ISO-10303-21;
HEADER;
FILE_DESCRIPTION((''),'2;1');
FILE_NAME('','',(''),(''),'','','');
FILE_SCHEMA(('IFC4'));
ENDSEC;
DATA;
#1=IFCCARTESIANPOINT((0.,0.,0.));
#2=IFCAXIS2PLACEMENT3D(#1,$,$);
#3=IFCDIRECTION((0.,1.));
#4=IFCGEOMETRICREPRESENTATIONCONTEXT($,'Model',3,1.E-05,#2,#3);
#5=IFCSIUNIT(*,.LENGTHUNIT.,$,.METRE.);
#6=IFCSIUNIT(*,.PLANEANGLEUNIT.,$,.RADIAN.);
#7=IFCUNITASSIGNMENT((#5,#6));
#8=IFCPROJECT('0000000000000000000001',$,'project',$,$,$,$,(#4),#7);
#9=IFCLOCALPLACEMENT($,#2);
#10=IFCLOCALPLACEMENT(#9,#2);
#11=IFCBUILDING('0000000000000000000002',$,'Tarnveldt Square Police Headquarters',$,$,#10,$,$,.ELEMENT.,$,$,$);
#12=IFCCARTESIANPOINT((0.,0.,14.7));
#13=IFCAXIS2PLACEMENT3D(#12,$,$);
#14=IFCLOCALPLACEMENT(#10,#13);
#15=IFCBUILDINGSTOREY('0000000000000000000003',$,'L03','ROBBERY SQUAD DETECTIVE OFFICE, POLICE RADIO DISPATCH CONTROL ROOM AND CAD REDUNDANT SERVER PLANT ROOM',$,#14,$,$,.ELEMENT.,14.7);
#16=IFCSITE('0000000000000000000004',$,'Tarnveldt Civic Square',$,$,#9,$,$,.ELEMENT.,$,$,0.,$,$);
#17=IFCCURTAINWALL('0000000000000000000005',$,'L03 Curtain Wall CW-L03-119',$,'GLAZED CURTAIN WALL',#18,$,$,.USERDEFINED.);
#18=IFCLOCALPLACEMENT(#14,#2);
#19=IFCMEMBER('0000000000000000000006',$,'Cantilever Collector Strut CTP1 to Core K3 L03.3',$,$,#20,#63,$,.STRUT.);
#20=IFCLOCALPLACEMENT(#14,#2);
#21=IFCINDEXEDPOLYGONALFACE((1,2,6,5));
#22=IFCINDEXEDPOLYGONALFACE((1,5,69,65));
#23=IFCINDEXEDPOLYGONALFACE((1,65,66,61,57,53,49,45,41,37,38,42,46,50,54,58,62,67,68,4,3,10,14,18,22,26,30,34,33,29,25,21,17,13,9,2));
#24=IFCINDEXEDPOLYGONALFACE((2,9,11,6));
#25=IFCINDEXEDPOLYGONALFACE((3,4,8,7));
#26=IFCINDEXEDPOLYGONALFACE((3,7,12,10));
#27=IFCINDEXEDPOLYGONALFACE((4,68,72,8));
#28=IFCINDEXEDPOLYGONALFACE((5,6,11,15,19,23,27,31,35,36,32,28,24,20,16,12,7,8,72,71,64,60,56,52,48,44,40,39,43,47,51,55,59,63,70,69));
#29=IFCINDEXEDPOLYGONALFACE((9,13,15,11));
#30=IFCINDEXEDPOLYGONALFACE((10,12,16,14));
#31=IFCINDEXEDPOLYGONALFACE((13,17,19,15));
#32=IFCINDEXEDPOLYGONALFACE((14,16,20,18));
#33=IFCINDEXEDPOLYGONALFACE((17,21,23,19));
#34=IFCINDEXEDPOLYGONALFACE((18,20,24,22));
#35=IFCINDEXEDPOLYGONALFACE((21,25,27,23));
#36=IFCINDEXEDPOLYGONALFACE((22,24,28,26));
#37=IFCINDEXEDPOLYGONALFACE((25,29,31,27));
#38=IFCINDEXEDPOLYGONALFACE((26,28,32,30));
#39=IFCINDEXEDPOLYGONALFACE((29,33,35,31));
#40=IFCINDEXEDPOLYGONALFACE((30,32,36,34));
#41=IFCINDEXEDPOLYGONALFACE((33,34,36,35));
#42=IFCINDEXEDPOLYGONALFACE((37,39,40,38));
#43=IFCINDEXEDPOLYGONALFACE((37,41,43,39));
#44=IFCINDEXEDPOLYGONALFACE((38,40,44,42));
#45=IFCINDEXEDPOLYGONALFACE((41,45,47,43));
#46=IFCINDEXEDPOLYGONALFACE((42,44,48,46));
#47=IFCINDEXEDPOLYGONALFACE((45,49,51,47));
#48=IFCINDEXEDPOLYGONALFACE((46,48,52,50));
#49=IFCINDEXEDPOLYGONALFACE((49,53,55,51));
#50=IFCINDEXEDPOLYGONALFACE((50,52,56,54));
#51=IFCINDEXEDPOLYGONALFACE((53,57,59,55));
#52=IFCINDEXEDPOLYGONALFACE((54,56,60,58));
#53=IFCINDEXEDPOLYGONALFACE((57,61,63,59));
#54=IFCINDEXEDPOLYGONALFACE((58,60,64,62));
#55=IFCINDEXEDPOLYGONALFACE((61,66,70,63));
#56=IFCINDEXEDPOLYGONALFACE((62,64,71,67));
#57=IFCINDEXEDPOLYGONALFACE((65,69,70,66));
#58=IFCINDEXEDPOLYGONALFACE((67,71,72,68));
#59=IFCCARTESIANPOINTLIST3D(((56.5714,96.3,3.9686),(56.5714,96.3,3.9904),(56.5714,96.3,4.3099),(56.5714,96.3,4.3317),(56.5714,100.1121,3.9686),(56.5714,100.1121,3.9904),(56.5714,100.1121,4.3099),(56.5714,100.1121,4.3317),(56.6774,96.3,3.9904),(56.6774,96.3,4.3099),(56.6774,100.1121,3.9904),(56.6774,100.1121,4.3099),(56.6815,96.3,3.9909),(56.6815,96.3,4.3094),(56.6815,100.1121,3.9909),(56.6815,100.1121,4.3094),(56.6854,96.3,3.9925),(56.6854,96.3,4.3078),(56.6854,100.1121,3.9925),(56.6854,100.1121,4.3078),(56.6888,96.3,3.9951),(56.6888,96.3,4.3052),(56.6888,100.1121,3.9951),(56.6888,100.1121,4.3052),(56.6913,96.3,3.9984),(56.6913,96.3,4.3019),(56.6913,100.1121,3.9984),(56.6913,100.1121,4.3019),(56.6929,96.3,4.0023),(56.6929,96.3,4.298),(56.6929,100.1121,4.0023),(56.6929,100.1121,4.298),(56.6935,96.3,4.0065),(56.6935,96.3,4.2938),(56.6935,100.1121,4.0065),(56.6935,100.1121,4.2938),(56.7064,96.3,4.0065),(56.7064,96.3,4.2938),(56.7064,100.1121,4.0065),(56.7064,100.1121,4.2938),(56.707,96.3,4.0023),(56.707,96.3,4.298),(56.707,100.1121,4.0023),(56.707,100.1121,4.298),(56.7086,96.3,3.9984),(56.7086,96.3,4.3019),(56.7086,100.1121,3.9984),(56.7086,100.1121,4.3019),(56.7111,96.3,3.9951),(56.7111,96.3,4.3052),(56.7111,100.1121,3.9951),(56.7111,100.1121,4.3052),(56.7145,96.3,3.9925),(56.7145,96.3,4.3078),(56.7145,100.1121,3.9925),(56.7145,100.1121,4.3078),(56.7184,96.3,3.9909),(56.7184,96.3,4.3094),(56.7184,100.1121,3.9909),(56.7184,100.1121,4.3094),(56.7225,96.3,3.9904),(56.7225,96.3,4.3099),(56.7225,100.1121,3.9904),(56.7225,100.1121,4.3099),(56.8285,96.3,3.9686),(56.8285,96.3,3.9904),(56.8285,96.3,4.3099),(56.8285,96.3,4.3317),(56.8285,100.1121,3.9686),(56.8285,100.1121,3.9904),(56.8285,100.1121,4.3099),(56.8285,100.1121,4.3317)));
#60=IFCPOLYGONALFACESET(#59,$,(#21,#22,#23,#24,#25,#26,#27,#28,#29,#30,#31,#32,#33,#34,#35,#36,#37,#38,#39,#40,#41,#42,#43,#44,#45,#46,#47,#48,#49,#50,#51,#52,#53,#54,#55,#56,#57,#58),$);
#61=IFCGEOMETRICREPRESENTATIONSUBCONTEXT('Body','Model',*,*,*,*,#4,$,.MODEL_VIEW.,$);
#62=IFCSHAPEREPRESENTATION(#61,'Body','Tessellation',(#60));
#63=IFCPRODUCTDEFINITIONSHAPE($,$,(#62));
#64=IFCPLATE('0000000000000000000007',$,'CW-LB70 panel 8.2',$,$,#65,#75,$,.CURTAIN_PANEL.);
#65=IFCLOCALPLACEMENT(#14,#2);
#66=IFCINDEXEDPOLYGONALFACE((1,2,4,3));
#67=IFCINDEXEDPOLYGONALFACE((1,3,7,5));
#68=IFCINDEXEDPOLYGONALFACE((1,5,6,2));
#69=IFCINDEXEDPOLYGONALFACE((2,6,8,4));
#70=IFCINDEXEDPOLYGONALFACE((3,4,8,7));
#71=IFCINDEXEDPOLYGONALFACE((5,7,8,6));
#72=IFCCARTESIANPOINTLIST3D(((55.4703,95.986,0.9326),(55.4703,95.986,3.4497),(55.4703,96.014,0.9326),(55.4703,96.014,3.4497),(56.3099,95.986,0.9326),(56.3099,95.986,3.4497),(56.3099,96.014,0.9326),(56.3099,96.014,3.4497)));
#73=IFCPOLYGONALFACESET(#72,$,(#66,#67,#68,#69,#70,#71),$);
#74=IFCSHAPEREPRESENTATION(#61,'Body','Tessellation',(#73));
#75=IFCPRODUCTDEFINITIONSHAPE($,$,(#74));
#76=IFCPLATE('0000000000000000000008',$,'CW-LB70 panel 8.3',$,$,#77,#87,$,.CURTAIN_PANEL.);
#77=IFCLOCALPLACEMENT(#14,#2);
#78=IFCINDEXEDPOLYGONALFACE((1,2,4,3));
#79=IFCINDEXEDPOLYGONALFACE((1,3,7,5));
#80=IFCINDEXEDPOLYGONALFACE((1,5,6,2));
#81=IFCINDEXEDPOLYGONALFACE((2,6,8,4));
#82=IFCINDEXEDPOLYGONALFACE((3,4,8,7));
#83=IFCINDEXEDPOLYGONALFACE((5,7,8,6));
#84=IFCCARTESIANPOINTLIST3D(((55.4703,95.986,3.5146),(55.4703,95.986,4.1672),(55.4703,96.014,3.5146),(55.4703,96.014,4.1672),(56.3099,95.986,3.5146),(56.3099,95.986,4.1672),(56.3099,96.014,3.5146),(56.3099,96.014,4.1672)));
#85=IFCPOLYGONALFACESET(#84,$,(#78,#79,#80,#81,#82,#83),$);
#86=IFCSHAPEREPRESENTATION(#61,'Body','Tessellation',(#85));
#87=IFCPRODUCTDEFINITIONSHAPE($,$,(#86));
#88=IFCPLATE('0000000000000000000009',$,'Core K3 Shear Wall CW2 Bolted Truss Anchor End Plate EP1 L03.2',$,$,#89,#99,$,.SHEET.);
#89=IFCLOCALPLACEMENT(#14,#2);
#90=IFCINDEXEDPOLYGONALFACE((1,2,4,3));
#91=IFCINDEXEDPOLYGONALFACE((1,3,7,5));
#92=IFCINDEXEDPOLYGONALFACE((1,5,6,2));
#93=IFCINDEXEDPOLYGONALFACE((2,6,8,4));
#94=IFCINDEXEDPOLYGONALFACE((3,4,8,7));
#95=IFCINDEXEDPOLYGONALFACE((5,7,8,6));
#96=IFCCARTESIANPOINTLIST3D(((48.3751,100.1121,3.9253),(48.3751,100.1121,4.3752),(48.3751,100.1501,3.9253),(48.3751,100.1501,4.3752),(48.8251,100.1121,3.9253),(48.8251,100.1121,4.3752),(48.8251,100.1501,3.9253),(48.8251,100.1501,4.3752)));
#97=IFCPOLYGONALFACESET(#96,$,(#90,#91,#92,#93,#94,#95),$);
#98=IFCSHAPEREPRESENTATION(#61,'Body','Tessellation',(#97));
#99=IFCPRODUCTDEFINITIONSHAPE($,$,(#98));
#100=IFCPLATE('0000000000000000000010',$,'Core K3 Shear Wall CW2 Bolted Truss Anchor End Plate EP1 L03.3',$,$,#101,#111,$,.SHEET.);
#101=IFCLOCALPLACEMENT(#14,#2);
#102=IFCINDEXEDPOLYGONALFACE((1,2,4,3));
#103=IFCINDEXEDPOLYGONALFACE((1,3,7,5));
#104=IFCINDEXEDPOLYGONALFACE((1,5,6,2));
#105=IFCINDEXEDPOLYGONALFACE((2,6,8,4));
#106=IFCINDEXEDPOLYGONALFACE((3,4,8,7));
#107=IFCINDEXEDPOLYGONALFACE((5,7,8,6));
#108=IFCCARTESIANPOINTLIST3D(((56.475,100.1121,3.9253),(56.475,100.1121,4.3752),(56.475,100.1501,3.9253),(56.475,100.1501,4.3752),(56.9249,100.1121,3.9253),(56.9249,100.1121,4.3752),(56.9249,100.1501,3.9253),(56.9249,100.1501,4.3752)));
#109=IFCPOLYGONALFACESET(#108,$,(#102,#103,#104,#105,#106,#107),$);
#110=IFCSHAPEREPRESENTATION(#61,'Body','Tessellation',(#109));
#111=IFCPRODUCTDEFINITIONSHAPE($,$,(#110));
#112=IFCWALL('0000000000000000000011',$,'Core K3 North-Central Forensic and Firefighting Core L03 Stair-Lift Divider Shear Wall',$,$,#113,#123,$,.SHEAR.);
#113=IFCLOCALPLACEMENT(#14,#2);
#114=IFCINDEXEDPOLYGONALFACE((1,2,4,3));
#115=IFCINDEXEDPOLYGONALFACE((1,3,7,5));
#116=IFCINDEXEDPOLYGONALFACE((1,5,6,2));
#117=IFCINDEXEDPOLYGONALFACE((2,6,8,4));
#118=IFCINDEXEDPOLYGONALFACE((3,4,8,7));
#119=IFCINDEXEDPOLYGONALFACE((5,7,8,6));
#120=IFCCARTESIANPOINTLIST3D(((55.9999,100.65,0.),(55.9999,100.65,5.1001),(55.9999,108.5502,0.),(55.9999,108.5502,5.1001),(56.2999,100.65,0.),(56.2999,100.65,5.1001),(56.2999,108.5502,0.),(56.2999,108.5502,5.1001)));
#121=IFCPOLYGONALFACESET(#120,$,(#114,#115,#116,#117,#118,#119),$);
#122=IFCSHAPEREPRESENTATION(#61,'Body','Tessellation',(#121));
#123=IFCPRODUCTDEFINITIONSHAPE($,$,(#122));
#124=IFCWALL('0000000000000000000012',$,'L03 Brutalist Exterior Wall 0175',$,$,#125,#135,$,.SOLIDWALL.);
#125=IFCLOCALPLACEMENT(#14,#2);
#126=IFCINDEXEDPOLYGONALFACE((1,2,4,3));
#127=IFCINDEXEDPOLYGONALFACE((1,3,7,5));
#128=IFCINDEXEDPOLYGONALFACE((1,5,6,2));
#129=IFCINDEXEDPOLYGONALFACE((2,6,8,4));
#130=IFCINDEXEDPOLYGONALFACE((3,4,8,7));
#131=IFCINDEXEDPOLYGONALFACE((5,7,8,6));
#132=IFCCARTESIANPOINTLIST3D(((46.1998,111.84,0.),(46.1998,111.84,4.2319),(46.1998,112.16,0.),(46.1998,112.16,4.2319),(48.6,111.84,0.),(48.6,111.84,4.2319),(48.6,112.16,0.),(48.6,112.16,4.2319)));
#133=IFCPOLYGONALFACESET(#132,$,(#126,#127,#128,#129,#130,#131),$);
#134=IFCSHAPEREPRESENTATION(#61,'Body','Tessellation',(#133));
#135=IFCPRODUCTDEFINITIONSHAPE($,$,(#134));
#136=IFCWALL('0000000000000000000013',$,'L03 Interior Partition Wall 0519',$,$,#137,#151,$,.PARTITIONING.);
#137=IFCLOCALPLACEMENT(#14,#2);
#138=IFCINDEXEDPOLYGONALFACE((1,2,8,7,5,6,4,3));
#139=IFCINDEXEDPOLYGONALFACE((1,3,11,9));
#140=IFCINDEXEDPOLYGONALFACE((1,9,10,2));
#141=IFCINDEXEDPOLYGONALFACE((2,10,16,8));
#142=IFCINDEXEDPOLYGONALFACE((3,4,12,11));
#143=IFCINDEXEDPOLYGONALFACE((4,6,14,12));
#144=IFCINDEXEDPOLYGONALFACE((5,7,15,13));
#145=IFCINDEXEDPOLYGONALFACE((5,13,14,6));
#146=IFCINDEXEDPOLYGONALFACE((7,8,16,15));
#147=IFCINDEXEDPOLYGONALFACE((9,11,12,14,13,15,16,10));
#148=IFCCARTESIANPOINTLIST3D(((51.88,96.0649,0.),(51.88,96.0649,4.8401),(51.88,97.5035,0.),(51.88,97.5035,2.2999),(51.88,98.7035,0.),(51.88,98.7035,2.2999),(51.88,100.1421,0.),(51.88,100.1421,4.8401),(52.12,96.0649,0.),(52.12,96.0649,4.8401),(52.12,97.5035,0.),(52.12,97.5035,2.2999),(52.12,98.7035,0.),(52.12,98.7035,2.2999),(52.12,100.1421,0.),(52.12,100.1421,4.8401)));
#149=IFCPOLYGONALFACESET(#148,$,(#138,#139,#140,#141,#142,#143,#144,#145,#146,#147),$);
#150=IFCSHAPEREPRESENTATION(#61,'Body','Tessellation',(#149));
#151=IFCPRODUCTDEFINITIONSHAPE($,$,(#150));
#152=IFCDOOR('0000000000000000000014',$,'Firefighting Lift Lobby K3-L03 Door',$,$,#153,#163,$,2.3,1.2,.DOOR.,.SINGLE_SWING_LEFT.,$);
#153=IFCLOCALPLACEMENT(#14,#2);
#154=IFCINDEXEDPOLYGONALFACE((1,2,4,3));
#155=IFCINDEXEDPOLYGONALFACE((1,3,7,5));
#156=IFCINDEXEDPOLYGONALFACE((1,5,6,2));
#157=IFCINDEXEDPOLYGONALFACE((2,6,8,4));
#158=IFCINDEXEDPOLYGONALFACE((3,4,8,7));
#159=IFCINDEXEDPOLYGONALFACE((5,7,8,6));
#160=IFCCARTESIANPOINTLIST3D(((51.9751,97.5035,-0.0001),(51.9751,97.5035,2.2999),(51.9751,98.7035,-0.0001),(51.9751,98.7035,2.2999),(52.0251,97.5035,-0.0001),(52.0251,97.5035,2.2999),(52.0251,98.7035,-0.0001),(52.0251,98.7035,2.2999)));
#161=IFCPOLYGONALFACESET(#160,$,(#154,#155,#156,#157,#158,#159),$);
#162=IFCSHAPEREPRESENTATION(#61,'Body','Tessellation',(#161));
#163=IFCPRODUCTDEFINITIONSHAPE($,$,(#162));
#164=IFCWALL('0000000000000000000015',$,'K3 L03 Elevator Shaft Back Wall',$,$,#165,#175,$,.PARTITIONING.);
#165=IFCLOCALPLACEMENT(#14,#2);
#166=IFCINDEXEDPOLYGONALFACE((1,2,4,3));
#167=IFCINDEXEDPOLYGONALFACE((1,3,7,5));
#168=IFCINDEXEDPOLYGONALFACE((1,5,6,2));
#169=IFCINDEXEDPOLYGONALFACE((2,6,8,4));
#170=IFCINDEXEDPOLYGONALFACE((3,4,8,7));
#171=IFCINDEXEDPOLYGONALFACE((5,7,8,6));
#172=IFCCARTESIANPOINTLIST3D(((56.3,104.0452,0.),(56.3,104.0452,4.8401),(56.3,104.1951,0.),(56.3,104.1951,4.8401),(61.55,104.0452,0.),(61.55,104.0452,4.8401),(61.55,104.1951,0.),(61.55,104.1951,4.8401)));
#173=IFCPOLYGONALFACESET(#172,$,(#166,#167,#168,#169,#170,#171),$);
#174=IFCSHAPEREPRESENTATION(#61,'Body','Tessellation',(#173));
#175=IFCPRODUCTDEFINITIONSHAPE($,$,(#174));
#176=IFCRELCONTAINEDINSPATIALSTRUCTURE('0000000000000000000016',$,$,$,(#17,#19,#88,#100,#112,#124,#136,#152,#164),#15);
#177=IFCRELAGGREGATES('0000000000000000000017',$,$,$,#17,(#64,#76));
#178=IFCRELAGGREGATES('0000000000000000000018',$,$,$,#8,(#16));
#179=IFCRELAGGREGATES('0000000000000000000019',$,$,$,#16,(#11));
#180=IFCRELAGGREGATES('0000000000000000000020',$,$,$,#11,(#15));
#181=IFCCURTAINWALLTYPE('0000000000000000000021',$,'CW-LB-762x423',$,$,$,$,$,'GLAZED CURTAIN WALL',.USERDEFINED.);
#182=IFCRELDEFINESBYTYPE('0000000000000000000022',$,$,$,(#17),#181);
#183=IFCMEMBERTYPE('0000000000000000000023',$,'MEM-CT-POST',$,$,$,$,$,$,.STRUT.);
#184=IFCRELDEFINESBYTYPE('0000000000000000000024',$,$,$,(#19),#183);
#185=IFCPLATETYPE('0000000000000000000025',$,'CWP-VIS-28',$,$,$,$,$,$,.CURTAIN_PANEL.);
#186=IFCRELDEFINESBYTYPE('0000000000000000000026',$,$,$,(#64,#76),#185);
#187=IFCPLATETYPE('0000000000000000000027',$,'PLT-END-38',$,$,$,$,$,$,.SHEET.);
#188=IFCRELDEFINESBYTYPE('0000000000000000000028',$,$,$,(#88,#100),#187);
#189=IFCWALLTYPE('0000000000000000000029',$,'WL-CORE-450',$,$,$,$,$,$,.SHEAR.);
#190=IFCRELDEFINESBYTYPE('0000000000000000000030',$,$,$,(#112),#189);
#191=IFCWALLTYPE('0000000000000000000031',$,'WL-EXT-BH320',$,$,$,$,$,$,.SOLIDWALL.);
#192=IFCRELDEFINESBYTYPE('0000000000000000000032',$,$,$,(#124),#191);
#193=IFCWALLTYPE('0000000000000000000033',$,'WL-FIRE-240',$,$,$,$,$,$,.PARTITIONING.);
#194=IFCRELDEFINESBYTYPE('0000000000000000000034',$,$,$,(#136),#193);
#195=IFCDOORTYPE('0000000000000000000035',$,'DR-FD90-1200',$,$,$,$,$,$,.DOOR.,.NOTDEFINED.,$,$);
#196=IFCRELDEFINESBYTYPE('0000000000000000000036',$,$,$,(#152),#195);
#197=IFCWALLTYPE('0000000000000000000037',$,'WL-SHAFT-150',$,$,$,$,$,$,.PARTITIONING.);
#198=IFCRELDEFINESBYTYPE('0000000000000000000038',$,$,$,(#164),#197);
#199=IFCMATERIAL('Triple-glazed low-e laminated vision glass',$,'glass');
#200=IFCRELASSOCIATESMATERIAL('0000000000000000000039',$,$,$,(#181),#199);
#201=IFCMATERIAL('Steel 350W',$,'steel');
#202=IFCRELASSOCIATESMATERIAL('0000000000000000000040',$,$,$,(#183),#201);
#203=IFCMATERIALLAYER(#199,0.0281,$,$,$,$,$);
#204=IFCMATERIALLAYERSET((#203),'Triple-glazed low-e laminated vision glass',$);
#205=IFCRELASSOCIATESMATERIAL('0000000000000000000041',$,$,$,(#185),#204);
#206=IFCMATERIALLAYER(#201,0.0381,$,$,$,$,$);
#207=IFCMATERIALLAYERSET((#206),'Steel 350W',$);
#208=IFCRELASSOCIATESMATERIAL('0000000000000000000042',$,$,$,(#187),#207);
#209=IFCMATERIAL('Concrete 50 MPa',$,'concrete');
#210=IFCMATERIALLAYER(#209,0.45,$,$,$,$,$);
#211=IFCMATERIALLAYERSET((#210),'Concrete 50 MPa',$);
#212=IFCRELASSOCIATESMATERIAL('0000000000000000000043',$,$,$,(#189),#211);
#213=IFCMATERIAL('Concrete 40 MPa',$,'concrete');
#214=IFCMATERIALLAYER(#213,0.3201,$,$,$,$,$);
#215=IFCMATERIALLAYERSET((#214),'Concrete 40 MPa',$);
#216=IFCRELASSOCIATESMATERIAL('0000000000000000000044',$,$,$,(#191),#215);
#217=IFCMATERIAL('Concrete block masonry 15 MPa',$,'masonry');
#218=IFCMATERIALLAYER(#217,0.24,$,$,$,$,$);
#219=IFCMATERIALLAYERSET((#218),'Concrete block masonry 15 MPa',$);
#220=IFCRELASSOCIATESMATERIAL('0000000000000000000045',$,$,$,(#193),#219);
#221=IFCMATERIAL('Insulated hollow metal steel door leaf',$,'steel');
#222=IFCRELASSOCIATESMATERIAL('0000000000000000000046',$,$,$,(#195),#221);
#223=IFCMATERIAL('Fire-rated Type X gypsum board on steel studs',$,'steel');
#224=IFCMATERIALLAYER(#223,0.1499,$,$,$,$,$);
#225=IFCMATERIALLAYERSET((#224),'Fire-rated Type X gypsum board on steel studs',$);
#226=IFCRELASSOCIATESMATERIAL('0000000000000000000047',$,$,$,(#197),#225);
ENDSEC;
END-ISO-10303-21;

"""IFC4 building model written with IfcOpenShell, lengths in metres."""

from ifc_helpers import new_model, si_unit, direction, frame, frame_2d, origin, origin_2d, place, context, subcontext, project, spatial, rectangle, i_section, extrude, material, layer, layer_set, material_profile, profile_set, type_object, element, fill, aggregate, save


model = new_model("IFC4")

# Units and contexts
model_context = context("Model", 3, precision=1e-05, world=origin(), true_north=direction((0.0, 1.0)))
body_context = subcontext(model_context, "Body", "Model", "MODEL_VIEW")
ifc_project = project(units=[si_unit("LENGTHUNIT", "METRE"), si_unit("PLANEANGLEUNIT", "RADIAN")], contexts=[model_context])

# Site, building, storey
site_placement = place(None, origin())
site = spatial("IfcSite", under=ifc_project, at=site_placement, Name="Tarnveldt Civic Square", CompositionType="ELEMENT", RefElevation=0.0)
building_placement = place(site_placement, origin())
building = spatial("IfcBuilding", under=site, at=building_placement, Name="Tarnveldt Square Police Headquarters", CompositionType="ELEMENT")
storey_placement = place(building_placement, frame((0.0, 0.0, 14.7)))
storey = spatial("IfcBuildingStorey", under=building, at=storey_placement, Name="L03", Description="ROBBERY SQUAD DETECTIVE OFFICE, POLICE RADIO DISPATCH CONTROL ROOM AND CAD REDUNDANT SERVER PLANT ROOM", CompositionType="ELEMENT", Elevation=14.7)

# Shared definitions
ifc_material_1 = material(Name="Steel 350W", Category="steel")
ifc_material_2 = material(Name="Concrete 40 MPa", Category="concrete")

# Curtain wall
ifc_material_3 = material(Name="Triple-glazed low-e laminated vision glass", Category="glass")
curtain_wall_type = type_object("IfcCurtainWallType", Name="CW-LB-762x423", ElementType="GLAZED CURTAIN WALL", PredefinedType="USERDEFINED", material=ifc_material_3)
curtain_wall_placement = place(storey_placement, origin())
curtain_wall = element("IfcCurtainWall", 1, at=curtain_wall_placement, inside=storey, type_object=curtain_wall_type, Name="L03 Curtain Wall CW-L03-119", ObjectType="GLAZED CURTAIN WALL", PredefinedType="USERDEFINED")

# Member
ifc_material_profile_1 = material_profile(ifc_material_1, i_section(OverallWidth=0.2571, OverallDepth=0.363, WebThickness=0.0129, FlangeThickness=0.0217, FilletRadius=0.0161, at=origin_2d()), Name="W360x122")
ifc_profile_set_1 = profile_set([ifc_material_profile_1], Name="Steel 350W")
member_type_1 = type_object("IfcMemberType", Name="MEM-CT-POST", PredefinedType="STRUT", material=ifc_profile_set_1)
member_1_placement = place(storey_placement, frame((56.7, 96.3, 4.1501), z_axis=(0.0, 1.0, 0.0), x_axis=(-1.0, 0.0, 0.0)))
element("IfcMember", 2, at=member_1_placement, inside=storey, type_object=member_type_1, Name="Cantilever Collector Strut CTP1 to Core K3 L03.3", PredefinedType="STRUT", context=body_context, shape_type="SweptSolid", body=[
    extrude(i_section(OverallWidth=0.2571, OverallDepth=0.363, WebThickness=0.0129, FlangeThickness=0.0217, FilletRadius=0.0161, at=origin_2d()), origin(), (0.0, 0.0, 1.0), 3.812),
])

# Plates
ifc_layer_1 = layer(ifc_material_3, 0.0281)
ifc_layer_set_1 = layer_set([ifc_layer_1], Name="Triple-glazed low-e laminated vision glass")
plate_type_1 = type_object("IfcPlateType", Name="CWP-VIS-28", PredefinedType="CURTAIN_PANEL", material=ifc_layer_set_1)
plate_1_placement = place(storey_placement, frame((55.8901, 96.0, 0.9326), z_axis=(0.0, 0.0, 1.0), x_axis=(1.0, 0.0, 0.0)))
plate_1 = element("IfcPlate", 3, at=plate_1_placement, type_object=plate_type_1, Name="CW-LB70 panel 8.2", PredefinedType="CURTAIN_PANEL", context=body_context, shape_type="SweptSolid", body=[
    extrude(rectangle(XDim=0.8396, YDim=0.0281, at=origin_2d()), origin(), (0.0, 0.0, 1.0), 2.5171),
])
plate_2_placement = place(storey_placement, frame((55.8901, 96.0, 3.5146), z_axis=(0.0, 0.0, 1.0), x_axis=(1.0, 0.0, 0.0)))
plate_2 = element("IfcPlate", 4, at=plate_2_placement, type_object=plate_type_1, Name="CW-LB70 panel 8.3", PredefinedType="CURTAIN_PANEL", context=body_context, shape_type="SweptSolid", body=[
    extrude(rectangle(XDim=0.8396, YDim=0.0281, at=origin_2d()), origin(), (0.0, 0.0, 1.0), 0.6526),
])
aggregate(curtain_wall, [plate_1, plate_2])

# Plates
ifc_layer_2 = layer(ifc_material_1, 0.0381)
ifc_layer_set_2 = layer_set([ifc_layer_2], Name="Steel 350W")
plate_type_2 = type_object("IfcPlateType", Name="PLT-END-38", PredefinedType="SHEET", material=ifc_layer_set_2)
for number, where, z_axis, x_axis, name in (
    (5, (48.6001, 100.1311, 3.9253), (0.0, 0.0, 1.0), (1.0, 0.0, 0.0), "Core K3 Shear Wall CW2 Bolted Truss Anchor End Plate EP1 L03.2"),
    (6, (56.7, 100.1311, 3.9253), (0.0, 0.0, 1.0), (1.0, 0.0, 0.0), "Core K3 Shear Wall CW2 Bolted Truss Anchor End Plate EP1 L03.3"),
):
    element("IfcPlate", number, at=place(storey_placement, frame(where, z_axis=z_axis, x_axis=x_axis)), inside=storey, type_object=plate_type_2, Name=name, PredefinedType="SHEET", context=body_context, shape_type="SweptSolid", body=[
        extrude(rectangle(XDim=0.45, YDim=0.0381, at=origin_2d()), origin(), (0.0, 0.0, 1.0), 0.45),
    ])

# Walls
ifc_material_4 = material(Name="Concrete 50 MPa", Category="concrete")
ifc_layer_3 = layer(ifc_material_4, 0.45)
ifc_layer_set_3 = layer_set([ifc_layer_3], Name="Concrete 50 MPa")
wall_type_1 = type_object("IfcWallType", Name="WL-CORE-450", PredefinedType="SHEAR", material=ifc_layer_set_3)
wall_1_placement = place(storey_placement, frame((56.1499, 100.6499, 0.0), z_axis=(0.0, 0.0, 1.0), x_axis=(0.0, 1.0, 0.0)))
element("IfcWall", 7, at=wall_1_placement, inside=storey, type_object=wall_type_1, Name="Core K3 North-Central Forensic and Firefighting Core L03 Stair-Lift Divider Shear Wall", PredefinedType="SHEAR", context=body_context, shape_type="SweptSolid", body=[
    extrude(rectangle(XDim=7.9001, YDim=0.3, at=frame_2d((3.9502, 0.0))), origin(), (0.0, 0.0, 1.0), 5.1001),
])
ifc_layer_4 = layer(ifc_material_2, 0.3201)
ifc_layer_set_4 = layer_set([ifc_layer_4], Name="Concrete 40 MPa")
wall_type_2 = type_object("IfcWallType", Name="WL-EXT-BH320", PredefinedType="SOLIDWALL", material=ifc_layer_set_4)
wall_2_placement = place(storey_placement, frame((48.6001, 112.0, 0.0), z_axis=(0.0, 0.0, 1.0), x_axis=(-1.0, 0.0, 0.0)))
element("IfcWall", 8, at=wall_2_placement, inside=storey, type_object=wall_type_2, Name="L03 Brutalist Exterior Wall 0175", PredefinedType="SOLIDWALL", context=body_context, shape_type="SweptSolid", body=[
    extrude(rectangle(XDim=2.4001, YDim=0.3201, at=frame_2d((1.2002, 0.0))), origin(), (0.0, 0.0, 1.0), 4.2319),
])

# Wall, opening, door
ifc_material_5 = material(Name="Concrete block masonry 15 MPa", Category="masonry")
ifc_layer_5 = layer(ifc_material_5, 0.24)
ifc_layer_set_5 = layer_set([ifc_layer_5], Name="Concrete block masonry 15 MPa")
wall_type_3 = type_object("IfcWallType", Name="WL-FIRE-240", PredefinedType="PARTITIONING", material=ifc_layer_set_5)
wall_3_placement = place(storey_placement, frame((52.0, 96.0649, 0.0), z_axis=(0.0, 0.0, 1.0), x_axis=(0.0, 1.0, 0.0)))
wall_3 = element("IfcWall", 9, at=wall_3_placement, inside=storey, type_object=wall_type_3, Name="L03 Interior Partition Wall 0519", PredefinedType="PARTITIONING", context=body_context, shape_type="SweptSolid", body=[
    extrude(rectangle(XDim=4.0771, YDim=0.24, at=frame_2d((2.0386, 0.0))), origin(), (0.0, 0.0, 1.0), 4.8401),
])
opening_placement = place(wall_3_placement, frame((1.4385, 0.0, 0.0)))
opening = element("IfcOpeningElement", 10, at=opening_placement, cuts=wall_3, PredefinedType="OPENING", context=body_context, shape_type="SweptSolid", body=[
    extrude(rectangle(XDim=1.2, YDim=2.3, at=frame_2d((0.6001, 1.1499))), frame((0.0, 0.1299, 0.0), z_axis=(0.0, -1.0, 0.0), x_axis=(1.0, 0.0, 0.0)), (0.0, 0.0, 1.0), 0.26),
])
ifc_material_6 = material(Name="Insulated hollow metal steel door leaf", Category="steel")
door_type = type_object("IfcDoorType", Name="DR-FD90-1200", OperationType="NOTDEFINED", PredefinedType="DOOR", material=ifc_material_6)
door_placement = place(opening_placement, origin())
door = element("IfcDoor", 11, at=door_placement, inside=storey, type_object=door_type, Name="Firefighting Lift Lobby K3-L03 Door", OperationType="SINGLE_SWING_LEFT", OverallHeight=2.3, OverallWidth=1.2, PredefinedType="DOOR", context=body_context, shape_type="SweptSolid", body=[
    extrude(rectangle(XDim=1.2, YDim=2.3, at=frame_2d((0.6001, 1.1499))), frame((0.0, 0.0249, 0.0), z_axis=(0.0, -1.0, 0.0), x_axis=(1.0, 0.0, 0.0)), (0.0, 0.0, 1.0), 0.05),
])
fill(opening, door)

# Wall
ifc_material_7 = material(Name="Fire-rated Type X gypsum board on steel studs", Category="steel")
ifc_layer_6 = layer(ifc_material_7, 0.1499)
ifc_layer_set_6 = layer_set([ifc_layer_6], Name="Fire-rated Type X gypsum board on steel studs")
wall_type_4 = type_object("IfcWallType", Name="WL-SHAFT-150", PredefinedType="PARTITIONING", material=ifc_layer_set_6)
wall_4_placement = place(storey_placement, frame((56.3, 104.1201, 0.0), z_axis=(0.0, 0.0, 1.0), x_axis=(1.0, 0.0, 0.0)))
element("IfcWall", 12, at=wall_4_placement, inside=storey, type_object=wall_type_4, Name="K3 L03 Elevator Shaft Back Wall", PredefinedType="PARTITIONING", context=body_context, shape_type="SweptSolid", body=[
    extrude(rectangle(XDim=5.25, YDim=0.1499, at=frame_2d((2.625, 0.0))), origin(), (0.0, 0.0, 1.0), 4.8401),
])

save(model, "model.ifc")
